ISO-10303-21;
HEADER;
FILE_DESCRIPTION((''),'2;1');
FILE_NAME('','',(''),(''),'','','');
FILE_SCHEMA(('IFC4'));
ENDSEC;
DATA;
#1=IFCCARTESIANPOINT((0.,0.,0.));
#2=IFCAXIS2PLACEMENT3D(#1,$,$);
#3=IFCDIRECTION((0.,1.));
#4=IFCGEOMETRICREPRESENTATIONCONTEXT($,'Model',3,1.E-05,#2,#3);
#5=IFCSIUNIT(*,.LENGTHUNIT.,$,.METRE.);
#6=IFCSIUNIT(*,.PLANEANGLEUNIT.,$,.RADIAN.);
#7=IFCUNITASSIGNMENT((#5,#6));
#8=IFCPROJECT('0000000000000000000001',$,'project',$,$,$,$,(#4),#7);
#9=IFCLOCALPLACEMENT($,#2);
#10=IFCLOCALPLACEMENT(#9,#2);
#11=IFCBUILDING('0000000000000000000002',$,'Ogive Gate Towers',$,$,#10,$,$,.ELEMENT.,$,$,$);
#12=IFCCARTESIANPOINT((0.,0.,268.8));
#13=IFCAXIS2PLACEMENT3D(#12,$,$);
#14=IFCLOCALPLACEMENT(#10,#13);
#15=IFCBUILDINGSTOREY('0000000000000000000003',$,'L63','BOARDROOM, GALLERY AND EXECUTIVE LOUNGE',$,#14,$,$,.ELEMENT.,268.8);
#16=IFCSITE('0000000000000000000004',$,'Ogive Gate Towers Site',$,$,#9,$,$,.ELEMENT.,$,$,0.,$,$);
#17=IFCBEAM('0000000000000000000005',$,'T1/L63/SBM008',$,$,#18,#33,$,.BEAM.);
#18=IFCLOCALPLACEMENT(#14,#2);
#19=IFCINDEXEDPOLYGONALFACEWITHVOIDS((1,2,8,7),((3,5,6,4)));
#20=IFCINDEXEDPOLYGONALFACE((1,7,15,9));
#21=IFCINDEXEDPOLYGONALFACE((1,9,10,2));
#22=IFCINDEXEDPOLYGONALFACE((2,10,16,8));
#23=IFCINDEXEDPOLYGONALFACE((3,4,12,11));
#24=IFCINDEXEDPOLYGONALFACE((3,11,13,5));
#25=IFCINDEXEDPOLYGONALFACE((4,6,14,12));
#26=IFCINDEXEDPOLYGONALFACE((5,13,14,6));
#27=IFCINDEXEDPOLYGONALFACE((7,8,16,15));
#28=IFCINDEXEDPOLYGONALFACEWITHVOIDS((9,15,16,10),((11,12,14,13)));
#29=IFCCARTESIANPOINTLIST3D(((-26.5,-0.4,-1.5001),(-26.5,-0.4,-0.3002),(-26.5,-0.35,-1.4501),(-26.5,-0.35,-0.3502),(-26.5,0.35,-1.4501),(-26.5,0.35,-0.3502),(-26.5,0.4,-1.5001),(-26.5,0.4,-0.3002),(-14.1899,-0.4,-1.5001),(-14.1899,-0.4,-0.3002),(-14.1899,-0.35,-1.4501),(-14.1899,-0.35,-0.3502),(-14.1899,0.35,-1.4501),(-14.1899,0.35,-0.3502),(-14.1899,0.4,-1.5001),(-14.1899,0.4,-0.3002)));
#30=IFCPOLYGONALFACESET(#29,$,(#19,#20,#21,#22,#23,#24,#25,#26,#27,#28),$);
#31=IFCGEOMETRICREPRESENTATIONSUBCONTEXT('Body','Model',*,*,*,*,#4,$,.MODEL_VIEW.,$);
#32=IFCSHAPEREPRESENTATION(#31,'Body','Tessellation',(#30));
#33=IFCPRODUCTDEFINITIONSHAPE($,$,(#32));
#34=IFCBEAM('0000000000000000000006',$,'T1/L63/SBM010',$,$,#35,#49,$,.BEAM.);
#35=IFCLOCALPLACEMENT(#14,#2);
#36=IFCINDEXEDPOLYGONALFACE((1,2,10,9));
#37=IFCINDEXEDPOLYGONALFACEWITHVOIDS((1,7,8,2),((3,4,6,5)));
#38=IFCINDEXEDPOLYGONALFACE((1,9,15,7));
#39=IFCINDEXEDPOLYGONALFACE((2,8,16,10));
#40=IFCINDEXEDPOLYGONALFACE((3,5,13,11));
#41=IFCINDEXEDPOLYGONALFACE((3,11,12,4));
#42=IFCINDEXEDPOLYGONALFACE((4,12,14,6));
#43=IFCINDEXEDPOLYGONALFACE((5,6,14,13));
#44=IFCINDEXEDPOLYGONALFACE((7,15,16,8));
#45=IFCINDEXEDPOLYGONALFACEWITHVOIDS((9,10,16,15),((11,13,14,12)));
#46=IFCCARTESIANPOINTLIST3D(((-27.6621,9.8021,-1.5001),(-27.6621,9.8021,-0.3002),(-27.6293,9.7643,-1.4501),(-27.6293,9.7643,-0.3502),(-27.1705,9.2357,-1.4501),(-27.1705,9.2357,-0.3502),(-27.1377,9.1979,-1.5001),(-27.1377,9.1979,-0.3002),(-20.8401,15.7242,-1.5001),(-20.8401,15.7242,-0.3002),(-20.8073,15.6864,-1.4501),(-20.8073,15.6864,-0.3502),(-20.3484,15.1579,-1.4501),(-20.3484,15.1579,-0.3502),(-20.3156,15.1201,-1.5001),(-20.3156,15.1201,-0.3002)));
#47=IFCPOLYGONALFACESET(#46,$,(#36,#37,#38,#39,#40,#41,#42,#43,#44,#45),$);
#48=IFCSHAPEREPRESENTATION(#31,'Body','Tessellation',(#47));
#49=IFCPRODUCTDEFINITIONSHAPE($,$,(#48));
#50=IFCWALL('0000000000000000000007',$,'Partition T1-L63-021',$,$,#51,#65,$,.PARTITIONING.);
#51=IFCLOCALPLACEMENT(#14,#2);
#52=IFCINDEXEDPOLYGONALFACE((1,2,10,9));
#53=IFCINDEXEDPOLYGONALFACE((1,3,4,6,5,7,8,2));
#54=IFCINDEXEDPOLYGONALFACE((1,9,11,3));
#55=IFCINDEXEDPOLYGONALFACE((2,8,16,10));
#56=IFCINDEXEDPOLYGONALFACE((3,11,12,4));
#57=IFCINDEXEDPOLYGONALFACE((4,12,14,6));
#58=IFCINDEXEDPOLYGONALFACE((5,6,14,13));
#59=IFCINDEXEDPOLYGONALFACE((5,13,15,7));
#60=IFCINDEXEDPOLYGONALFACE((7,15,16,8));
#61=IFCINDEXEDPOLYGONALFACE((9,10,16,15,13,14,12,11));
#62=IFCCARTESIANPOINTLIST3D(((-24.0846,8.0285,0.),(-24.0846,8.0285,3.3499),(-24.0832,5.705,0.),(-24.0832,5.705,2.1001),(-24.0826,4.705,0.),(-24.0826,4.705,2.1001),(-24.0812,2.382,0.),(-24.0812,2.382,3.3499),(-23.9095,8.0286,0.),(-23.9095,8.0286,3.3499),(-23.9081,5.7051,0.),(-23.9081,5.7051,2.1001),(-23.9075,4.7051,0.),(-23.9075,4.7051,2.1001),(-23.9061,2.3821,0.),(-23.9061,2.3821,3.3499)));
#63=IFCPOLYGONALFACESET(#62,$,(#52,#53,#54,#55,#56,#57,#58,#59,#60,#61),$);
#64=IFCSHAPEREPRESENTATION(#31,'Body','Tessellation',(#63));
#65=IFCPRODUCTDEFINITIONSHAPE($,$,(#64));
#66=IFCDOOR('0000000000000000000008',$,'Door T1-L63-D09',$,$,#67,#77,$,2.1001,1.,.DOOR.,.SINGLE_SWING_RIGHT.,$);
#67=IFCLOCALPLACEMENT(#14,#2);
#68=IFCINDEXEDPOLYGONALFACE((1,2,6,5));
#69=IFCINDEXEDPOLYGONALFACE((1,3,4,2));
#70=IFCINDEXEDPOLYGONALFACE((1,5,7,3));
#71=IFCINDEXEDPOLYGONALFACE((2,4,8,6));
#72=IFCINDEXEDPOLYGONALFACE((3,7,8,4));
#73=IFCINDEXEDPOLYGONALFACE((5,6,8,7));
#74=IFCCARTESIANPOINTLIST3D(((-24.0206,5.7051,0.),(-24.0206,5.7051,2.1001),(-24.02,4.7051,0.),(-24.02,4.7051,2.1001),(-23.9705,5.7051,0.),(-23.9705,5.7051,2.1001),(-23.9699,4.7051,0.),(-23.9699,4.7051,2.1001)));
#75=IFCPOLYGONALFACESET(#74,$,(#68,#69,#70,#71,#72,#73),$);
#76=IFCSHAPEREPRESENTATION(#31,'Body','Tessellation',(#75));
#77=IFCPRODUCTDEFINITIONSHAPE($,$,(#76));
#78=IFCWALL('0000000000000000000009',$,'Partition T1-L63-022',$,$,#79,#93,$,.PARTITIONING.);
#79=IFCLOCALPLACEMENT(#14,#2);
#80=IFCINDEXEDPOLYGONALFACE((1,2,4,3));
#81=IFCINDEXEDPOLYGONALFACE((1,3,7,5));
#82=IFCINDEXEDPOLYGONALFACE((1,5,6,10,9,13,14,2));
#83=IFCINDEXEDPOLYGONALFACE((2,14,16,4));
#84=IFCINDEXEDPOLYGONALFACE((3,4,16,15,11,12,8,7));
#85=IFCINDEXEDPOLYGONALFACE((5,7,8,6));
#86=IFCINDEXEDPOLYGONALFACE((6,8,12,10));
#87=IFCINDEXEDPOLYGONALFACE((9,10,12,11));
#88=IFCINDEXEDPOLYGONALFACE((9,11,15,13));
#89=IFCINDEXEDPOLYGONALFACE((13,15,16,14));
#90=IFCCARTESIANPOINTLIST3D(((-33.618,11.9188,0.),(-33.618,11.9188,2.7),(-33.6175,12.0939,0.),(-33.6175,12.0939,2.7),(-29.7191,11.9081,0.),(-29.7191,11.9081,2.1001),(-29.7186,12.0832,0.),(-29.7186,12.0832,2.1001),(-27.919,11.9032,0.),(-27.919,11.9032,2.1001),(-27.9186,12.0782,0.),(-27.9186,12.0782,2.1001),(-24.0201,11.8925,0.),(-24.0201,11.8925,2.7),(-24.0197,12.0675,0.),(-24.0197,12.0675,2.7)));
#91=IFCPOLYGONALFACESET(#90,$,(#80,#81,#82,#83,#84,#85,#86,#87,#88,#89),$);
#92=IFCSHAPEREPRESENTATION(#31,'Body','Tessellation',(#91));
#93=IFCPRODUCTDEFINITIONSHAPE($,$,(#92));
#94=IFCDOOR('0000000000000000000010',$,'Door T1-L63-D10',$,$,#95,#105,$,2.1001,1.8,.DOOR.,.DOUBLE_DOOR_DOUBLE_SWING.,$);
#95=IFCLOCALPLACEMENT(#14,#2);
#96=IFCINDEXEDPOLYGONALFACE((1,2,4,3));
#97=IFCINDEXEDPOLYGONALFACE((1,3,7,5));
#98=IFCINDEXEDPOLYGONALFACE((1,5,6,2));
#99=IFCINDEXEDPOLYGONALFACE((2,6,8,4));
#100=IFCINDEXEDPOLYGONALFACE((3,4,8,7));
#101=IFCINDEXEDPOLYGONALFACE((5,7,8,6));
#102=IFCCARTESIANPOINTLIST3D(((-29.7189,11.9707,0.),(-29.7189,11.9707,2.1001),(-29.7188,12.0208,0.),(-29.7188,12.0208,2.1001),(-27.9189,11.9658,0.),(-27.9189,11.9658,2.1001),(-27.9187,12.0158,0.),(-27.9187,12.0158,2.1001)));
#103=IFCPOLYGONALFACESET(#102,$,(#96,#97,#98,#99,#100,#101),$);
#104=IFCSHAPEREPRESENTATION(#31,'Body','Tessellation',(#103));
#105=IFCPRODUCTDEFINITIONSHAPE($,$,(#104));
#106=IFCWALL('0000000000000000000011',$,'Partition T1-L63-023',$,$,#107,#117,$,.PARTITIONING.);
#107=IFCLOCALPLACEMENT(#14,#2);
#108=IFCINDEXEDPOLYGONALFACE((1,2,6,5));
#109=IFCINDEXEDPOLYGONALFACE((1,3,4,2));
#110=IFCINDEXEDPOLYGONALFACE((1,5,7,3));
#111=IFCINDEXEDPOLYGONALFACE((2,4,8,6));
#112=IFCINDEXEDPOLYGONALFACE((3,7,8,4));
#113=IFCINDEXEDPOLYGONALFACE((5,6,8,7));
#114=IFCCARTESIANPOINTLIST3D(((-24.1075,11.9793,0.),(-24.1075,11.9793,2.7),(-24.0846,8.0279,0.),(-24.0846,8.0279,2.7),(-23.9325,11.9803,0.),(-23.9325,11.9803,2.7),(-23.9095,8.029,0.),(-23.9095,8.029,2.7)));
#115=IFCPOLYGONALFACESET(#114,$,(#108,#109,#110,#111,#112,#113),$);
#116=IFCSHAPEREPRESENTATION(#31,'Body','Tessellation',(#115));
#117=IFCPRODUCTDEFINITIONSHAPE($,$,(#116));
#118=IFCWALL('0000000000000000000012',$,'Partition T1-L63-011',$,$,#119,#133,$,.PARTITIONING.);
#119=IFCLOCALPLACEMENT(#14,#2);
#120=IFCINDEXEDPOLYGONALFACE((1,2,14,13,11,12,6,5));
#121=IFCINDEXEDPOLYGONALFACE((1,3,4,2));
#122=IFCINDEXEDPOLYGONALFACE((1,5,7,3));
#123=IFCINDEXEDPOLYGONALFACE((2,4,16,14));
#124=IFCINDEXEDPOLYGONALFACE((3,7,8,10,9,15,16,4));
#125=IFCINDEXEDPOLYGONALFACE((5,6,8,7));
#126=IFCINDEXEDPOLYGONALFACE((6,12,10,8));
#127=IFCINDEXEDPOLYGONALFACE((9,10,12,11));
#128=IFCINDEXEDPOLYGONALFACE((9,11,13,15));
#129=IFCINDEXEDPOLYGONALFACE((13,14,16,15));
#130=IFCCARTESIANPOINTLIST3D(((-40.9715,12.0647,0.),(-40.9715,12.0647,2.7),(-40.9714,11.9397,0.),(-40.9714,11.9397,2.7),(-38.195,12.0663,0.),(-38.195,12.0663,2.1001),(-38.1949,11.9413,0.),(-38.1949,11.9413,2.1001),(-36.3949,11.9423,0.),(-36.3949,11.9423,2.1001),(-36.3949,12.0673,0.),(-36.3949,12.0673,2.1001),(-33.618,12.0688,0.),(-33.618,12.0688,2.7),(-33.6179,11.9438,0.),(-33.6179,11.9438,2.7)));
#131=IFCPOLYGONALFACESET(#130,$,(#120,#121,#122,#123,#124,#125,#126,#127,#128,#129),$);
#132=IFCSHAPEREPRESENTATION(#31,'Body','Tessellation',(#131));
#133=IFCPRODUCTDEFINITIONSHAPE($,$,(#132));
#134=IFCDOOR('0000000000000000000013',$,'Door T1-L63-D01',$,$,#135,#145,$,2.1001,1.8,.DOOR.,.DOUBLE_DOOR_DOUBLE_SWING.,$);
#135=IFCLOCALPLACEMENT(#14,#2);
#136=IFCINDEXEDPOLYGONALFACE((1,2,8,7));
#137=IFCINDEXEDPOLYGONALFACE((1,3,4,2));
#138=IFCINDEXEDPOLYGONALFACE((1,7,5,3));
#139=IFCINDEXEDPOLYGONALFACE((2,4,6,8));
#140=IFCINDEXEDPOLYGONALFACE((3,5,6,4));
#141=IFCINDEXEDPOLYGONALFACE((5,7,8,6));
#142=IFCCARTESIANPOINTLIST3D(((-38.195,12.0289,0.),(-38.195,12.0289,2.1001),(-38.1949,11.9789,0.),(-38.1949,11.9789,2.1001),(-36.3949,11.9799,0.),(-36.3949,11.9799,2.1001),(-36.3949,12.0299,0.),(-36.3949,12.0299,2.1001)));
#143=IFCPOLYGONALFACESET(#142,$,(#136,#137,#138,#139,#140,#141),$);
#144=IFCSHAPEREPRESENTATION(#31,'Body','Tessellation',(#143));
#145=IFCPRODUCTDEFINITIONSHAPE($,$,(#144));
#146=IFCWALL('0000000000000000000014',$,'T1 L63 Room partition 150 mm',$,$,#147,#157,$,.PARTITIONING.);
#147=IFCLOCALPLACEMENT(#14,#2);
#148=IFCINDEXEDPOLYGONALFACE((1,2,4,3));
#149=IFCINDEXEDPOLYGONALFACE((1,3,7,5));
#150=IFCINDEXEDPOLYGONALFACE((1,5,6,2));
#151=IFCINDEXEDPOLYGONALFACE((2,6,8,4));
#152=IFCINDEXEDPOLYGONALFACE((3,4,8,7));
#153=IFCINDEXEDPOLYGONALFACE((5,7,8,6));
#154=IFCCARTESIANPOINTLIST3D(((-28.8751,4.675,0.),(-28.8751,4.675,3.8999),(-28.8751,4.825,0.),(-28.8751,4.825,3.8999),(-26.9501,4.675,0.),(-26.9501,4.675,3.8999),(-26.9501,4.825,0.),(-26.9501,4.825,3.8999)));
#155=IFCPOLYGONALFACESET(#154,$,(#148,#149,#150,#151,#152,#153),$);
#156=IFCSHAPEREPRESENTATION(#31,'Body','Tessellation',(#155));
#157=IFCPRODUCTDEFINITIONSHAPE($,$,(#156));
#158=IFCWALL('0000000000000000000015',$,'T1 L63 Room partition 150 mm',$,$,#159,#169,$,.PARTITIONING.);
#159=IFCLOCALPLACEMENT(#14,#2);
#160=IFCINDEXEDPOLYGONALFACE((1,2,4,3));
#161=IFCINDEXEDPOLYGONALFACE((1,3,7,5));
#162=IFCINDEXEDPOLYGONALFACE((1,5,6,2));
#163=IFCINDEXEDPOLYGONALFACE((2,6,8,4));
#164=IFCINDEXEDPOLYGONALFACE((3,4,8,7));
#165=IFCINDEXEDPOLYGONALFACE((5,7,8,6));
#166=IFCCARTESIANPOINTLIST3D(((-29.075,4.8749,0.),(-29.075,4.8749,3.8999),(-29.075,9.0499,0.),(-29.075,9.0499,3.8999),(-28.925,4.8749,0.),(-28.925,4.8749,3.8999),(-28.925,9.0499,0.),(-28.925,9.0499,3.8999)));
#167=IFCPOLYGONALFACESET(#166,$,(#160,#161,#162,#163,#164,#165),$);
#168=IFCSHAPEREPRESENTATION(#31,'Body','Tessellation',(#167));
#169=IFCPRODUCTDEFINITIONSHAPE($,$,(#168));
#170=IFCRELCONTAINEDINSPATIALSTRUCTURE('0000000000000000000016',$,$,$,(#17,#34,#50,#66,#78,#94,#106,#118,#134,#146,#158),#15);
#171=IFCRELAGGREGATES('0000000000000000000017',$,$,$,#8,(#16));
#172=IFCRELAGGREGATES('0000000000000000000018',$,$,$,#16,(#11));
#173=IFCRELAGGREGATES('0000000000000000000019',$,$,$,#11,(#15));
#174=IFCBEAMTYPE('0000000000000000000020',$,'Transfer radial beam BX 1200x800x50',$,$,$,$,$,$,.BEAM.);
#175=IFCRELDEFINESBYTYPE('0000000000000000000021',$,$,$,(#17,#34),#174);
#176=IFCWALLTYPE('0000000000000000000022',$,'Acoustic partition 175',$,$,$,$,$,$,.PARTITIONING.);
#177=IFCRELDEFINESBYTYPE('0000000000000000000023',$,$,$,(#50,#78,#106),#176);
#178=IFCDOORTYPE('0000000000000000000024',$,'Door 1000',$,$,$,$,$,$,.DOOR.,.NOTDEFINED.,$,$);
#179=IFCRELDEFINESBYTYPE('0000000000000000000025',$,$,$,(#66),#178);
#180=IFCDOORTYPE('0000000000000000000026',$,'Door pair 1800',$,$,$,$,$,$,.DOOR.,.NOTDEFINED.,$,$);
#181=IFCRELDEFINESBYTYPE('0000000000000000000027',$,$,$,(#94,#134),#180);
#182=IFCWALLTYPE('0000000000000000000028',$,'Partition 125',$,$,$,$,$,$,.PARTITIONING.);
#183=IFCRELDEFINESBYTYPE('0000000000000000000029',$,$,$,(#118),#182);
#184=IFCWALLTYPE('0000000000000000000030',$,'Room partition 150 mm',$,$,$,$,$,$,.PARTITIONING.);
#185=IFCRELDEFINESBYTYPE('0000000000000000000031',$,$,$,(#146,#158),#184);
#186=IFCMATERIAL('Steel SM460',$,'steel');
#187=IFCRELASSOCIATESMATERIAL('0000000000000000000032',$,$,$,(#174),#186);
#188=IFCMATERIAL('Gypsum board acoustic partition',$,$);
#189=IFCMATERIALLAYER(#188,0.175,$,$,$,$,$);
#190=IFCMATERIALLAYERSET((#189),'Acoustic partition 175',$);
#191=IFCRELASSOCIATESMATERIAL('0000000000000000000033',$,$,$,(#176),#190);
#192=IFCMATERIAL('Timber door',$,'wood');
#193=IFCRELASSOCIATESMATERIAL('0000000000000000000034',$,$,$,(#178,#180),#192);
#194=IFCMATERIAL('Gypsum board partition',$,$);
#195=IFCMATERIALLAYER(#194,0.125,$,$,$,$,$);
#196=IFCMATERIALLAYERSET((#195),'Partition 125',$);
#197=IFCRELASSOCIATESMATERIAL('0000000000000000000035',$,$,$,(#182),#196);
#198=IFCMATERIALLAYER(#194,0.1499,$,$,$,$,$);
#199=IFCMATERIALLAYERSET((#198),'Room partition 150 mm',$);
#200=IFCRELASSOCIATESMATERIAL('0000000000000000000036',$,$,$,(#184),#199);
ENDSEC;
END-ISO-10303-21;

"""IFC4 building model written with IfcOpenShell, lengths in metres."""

from ifc_helpers import new_model, si_unit, direction, frame, frame_2d, origin, origin_2d, place, context, subcontext, project, spatial, rectangle, hollow_rectangle, extrude, material, layer, layer_set, material_profile, profile_set, type_object, element, fill, save


model = new_model("IFC4")

# Units and contexts
model_context = context("Model", 3, precision=1e-05, world=origin(), true_north=direction((0.0, 1.0)))
body_context = subcontext(model_context, "Body", "Model", "MODEL_VIEW")
ifc_project = project(units=[si_unit("LENGTHUNIT", "METRE"), si_unit("PLANEANGLEUNIT", "RADIAN")], contexts=[model_context])

# Site, building, storey
site_placement = place(None, origin())
site = spatial("IfcSite", under=ifc_project, at=site_placement, Name="Ogive Gate Towers Site", CompositionType="ELEMENT", RefElevation=0.0)
building_placement = place(site_placement, origin())
building = spatial("IfcBuilding", under=site, at=building_placement, Name="Ogive Gate Towers", CompositionType="ELEMENT")
storey_placement = place(building_placement, frame((0.0, 0.0, 268.8)))
storey = spatial("IfcBuildingStorey", under=building, at=storey_placement, Name="L63", Description="BOARDROOM, GALLERY AND EXECUTIVE LOUNGE", CompositionType="ELEMENT", Elevation=268.8)

# Shared definitions
ifc_material_1 = material(Name="Steel SM460", Category="steel")

# Beams
ifc_material_profile_1 = material_profile(ifc_material_1, hollow_rectangle(XDim=0.8, YDim=1.2, WallThickness=0.05, at=origin_2d()), Name="BX 1200x800x50")
ifc_profile_set_1 = profile_set([ifc_material_profile_1], Name="Steel SM460")
beam_type_1 = type_object("IfcBeamType", Name="Transfer radial beam BX 1200x800x50", PredefinedType="BEAM", material=ifc_profile_set_1)
beam_1_placement = place(storey_placement, frame((-26.5, 0.0, -0.9001), z_axis=(1.0, 0.0, 0.0), x_axis=(0.0, 1.0, 0.0)))
element("IfcBeam", 1, at=beam_1_placement, inside=storey, type_object=beam_type_1, Name="T1/L63/SBM008", PredefinedType="BEAM", context=body_context, shape_type="SweptSolid", body=[
    extrude(hollow_rectangle(XDim=0.8, YDim=1.2, WallThickness=0.05, at=origin_2d()), origin(), (0.0, 0.0, 1.0), 12.3101),
])
beam_2_placement = place(storey_placement, frame((-27.3999, 9.5, -0.9001), z_axis=(0.755157, 0.655544, 0.0), x_axis=(-0.655544, 0.755157, 0.0)))
element("IfcBeam", 2, at=beam_2_placement, inside=storey, type_object=beam_type_1, Name="T1/L63/SBM010", PredefinedType="BEAM", context=body_context, shape_type="SweptSolid", body=[
    extrude(hollow_rectangle(XDim=0.8, YDim=1.2, WallThickness=0.05, at=origin_2d()), origin(), (0.0, 0.0, 1.0), 9.0339),
])

# Walls, openings, doors
ifc_material_2 = material(Name="Gypsum board acoustic partition")
ifc_layer_1 = layer(ifc_material_2, 0.175)
ifc_layer_set_1 = layer_set([ifc_layer_1], Name="Acoustic partition 175")
wall_type_1 = type_object("IfcWallType", Name="Acoustic partition 175", PredefinedType="PARTITIONING", material=ifc_layer_set_1)
wall_1_placement = place(storey_placement, frame((-23.9937, 2.3821, 0.0), z_axis=(0.0, 0.0, 1.0), x_axis=(-0.000605, 1.0, 0.0)))
wall_1 = element("IfcWall", 3, at=wall_1_placement, inside=storey, type_object=wall_type_1, Name="Partition T1-L63-021", PredefinedType="PARTITIONING", context=body_context, shape_type="SweptSolid", body=[
    extrude(rectangle(XDim=5.6465, YDim=0.175, at=frame_2d((2.8232, 0.0))), origin(), (0.0, 0.0, 1.0), 3.3499),
])
opening_1_placement = place(wall_1_placement, frame((2.323, 0.0, 0.0)))
opening_1 = element("IfcOpeningElement", 4, at=opening_1_placement, cuts=wall_1, PredefinedType="OPENING", context=body_context, shape_type="SweptSolid", body=[
    extrude(rectangle(XDim=1.0, YDim=2.1001, at=frame_2d((0.5, 1.05))), frame((0.0, 0.0977, 0.0), z_axis=(0.0, -1.0, 0.0), x_axis=(1.0, 0.0, 0.0)), (0.0, 0.0, 1.0), 0.1951),
])
ifc_material_3 = material(Name="Timber door", Category="wood")
door_type_1 = type_object("IfcDoorType", Name="Door 1000", OperationType="NOTDEFINED", PredefinedType="DOOR", material=ifc_material_3)
door_1_placement = place(opening_1_placement, origin())
door_1 = element("IfcDoor", 5, at=door_1_placement, inside=storey, type_object=door_type_1, Name="Door T1-L63-D09", OperationType="SINGLE_SWING_RIGHT", OverallHeight=2.1001, OverallWidth=1.0, PredefinedType="DOOR", context=body_context, shape_type="SweptSolid", body=[
    extrude(rectangle(XDim=1.0, YDim=2.1001, at=frame_2d((0.5, 1.05))), frame((0.0, 0.0249, 0.0), z_axis=(0.0, -1.0, 0.0), x_axis=(1.0, 0.0, 0.0)), (0.0, 0.0, 1.0), 0.05),
])
fill(opening_1, door_1)
wall_2_placement = place(storey_placement, frame((-24.02, 11.98, 0.0), z_axis=(0.0, 0.0, 1.0), x_axis=(-0.999996, 0.002747, 0.0)))
wall_2 = element("IfcWall", 6, at=wall_2_placement, inside=storey, type_object=wall_type_1, Name="Partition T1-L63-022", PredefinedType="PARTITIONING", context=body_context, shape_type="SweptSolid", body=[
    extrude(rectangle(XDim=9.5979, YDim=0.175, at=frame_2d((4.7988, 0.0))), origin(), (0.0, 0.0, 1.0), 2.7),
])
opening_2_placement = place(wall_2_placement, frame((3.8989, 0.0, 0.0)))
opening_2 = element("IfcOpeningElement", 7, at=opening_2_placement, cuts=wall_2, PredefinedType="OPENING", context=body_context, shape_type="SweptSolid", body=[
    extrude(rectangle(XDim=1.8, YDim=2.1001, at=frame_2d((0.8999, 1.05))), frame((0.0, 0.0977, 0.0), z_axis=(0.0, -1.0, 0.0), x_axis=(1.0, 0.0, 0.0)), (0.0, 0.0, 1.0), 0.1951),
])
door_type_2 = type_object("IfcDoorType", Name="Door pair 1800", OperationType="NOTDEFINED", PredefinedType="DOOR", material=ifc_material_3)
door_2_placement = place(opening_2_placement, origin())
door_2 = element("IfcDoor", 8, at=door_2_placement, inside=storey, type_object=door_type_2, Name="Door T1-L63-D10", OperationType="DOUBLE_DOOR_DOUBLE_SWING", OverallHeight=2.1001, OverallWidth=1.8, PredefinedType="DOOR", context=body_context, shape_type="SweptSolid", body=[
    extrude(rectangle(XDim=1.8, YDim=2.1001, at=frame_2d((0.8999, 1.05))), frame((0.0, 0.0249, 0.0), z_axis=(0.0, -1.0, 0.0), x_axis=(1.0, 0.0, 0.0)), (0.0, 0.0, 1.0), 0.05),
])
fill(opening_2, door_2)

# Wall
wall_3_placement = place(storey_placement, frame((-23.9971, 8.0286, 0.0), z_axis=(0.0, 0.0, 1.0), x_axis=(-0.005808, 0.999983, 0.0)))
element("IfcWall", 9, at=wall_3_placement, inside=storey, type_object=wall_type_1, Name="Partition T1-L63-023", PredefinedType="PARTITIONING", context=body_context, shape_type="SweptSolid", body=[
    extrude(rectangle(XDim=3.9514, YDim=0.175, at=frame_2d((1.9756, 0.0))), origin(), (0.0, 0.0, 1.0), 2.7),
])

# Wall, opening, door
ifc_material_4 = material(Name="Gypsum board partition")
ifc_layer_2 = layer(ifc_material_4, 0.125)
ifc_layer_set_2 = layer_set([ifc_layer_2], Name="Partition 125")
wall_type_2 = type_object("IfcWallType", Name="Partition 125", PredefinedType="PARTITIONING", material=ifc_layer_set_2)
wall_4_placement = place(storey_placement, frame((-33.6179, 12.0063, 0.0), z_axis=(0.0, 0.0, 1.0), x_axis=(-1.0, -0.000564, 0.0)))
wall_4 = element("IfcWall", 10, at=wall_4_placement, inside=storey, type_object=wall_type_2, Name="Partition T1-L63-011", PredefinedType="PARTITIONING", context=body_context, shape_type="SweptSolid", body=[
    extrude(rectangle(XDim=7.3535, YDim=0.125, at=frame_2d((3.6768, 0.0))), origin(), (0.0, 0.0, 1.0), 2.7),
])
opening_3_placement = place(wall_4_placement, frame((2.7771, 0.0, 0.0)))
opening_3 = element("IfcOpeningElement", 11, at=opening_3_placement, cuts=wall_4, PredefinedType="OPENING", context=body_context, shape_type="SweptSolid", body=[
    extrude(rectangle(XDim=1.8, YDim=2.1001, at=frame_2d((0.8999, 1.05))), frame((0.0, 0.0725, 0.0), z_axis=(0.0, -1.0, 0.0), x_axis=(1.0, 0.0, 0.0)), (0.0, 0.0, 1.0), 0.145),
])
door_3_placement = place(opening_3_placement, origin())
door_3 = element("IfcDoor", 12, at=door_3_placement, inside=storey, type_object=door_type_2, Name="Door T1-L63-D01", OperationType="DOUBLE_DOOR_DOUBLE_SWING", OverallHeight=2.1001, OverallWidth=1.8, PredefinedType="DOOR", context=body_context, shape_type="SweptSolid", body=[
    extrude(rectangle(XDim=1.8, YDim=2.1001, at=frame_2d((0.8999, 1.05))), frame((0.0, 0.0249, 0.0), z_axis=(0.0, -1.0, 0.0), x_axis=(1.0, 0.0, 0.0)), (0.0, 0.0, 1.0), 0.05),
])
fill(opening_3, door_3)

# Walls
ifc_layer_3 = layer(ifc_material_4, 0.1499)
ifc_layer_set_3 = layer_set([ifc_layer_3], Name="Room partition 150 mm")
wall_type_3 = type_object("IfcWallType", Name="Room partition 150 mm", PredefinedType="PARTITIONING", material=ifc_layer_set_3)
wall_5_placement = place(storey_placement, frame((-28.875, 4.75, 0.0), z_axis=(0.0, 0.0, 1.0), x_axis=(1.0, 0.0, 0.0)))
element("IfcWall", 13, at=wall_5_placement, inside=storey, type_object=wall_type_3, Name="T1 L63 Room partition 150 mm", PredefinedType="PARTITIONING", context=body_context, shape_type="SweptSolid", body=[
    extrude(rectangle(XDim=1.925, YDim=0.1499, at=frame_2d((0.9624, 0.0))), origin(), (0.0, 0.0, 1.0), 3.8999),
])
wall_6_placement = place(storey_placement, frame((-29.0, 4.875, 0.0), z_axis=(0.0, 0.0, 1.0), x_axis=(0.0, 1.0, 0.0)))
element("IfcWall", 14, at=wall_6_placement, inside=storey, type_object=wall_type_3, Name="T1 L63 Room partition 150 mm", PredefinedType="PARTITIONING", context=body_context, shape_type="SweptSolid", body=[
    extrude(rectangle(XDim=4.175, YDim=0.1499, at=frame_2d((2.0874, 0.0))), origin(), (0.0, 0.0, 1.0), 3.8999),
])

save(model, "model.ifc")
